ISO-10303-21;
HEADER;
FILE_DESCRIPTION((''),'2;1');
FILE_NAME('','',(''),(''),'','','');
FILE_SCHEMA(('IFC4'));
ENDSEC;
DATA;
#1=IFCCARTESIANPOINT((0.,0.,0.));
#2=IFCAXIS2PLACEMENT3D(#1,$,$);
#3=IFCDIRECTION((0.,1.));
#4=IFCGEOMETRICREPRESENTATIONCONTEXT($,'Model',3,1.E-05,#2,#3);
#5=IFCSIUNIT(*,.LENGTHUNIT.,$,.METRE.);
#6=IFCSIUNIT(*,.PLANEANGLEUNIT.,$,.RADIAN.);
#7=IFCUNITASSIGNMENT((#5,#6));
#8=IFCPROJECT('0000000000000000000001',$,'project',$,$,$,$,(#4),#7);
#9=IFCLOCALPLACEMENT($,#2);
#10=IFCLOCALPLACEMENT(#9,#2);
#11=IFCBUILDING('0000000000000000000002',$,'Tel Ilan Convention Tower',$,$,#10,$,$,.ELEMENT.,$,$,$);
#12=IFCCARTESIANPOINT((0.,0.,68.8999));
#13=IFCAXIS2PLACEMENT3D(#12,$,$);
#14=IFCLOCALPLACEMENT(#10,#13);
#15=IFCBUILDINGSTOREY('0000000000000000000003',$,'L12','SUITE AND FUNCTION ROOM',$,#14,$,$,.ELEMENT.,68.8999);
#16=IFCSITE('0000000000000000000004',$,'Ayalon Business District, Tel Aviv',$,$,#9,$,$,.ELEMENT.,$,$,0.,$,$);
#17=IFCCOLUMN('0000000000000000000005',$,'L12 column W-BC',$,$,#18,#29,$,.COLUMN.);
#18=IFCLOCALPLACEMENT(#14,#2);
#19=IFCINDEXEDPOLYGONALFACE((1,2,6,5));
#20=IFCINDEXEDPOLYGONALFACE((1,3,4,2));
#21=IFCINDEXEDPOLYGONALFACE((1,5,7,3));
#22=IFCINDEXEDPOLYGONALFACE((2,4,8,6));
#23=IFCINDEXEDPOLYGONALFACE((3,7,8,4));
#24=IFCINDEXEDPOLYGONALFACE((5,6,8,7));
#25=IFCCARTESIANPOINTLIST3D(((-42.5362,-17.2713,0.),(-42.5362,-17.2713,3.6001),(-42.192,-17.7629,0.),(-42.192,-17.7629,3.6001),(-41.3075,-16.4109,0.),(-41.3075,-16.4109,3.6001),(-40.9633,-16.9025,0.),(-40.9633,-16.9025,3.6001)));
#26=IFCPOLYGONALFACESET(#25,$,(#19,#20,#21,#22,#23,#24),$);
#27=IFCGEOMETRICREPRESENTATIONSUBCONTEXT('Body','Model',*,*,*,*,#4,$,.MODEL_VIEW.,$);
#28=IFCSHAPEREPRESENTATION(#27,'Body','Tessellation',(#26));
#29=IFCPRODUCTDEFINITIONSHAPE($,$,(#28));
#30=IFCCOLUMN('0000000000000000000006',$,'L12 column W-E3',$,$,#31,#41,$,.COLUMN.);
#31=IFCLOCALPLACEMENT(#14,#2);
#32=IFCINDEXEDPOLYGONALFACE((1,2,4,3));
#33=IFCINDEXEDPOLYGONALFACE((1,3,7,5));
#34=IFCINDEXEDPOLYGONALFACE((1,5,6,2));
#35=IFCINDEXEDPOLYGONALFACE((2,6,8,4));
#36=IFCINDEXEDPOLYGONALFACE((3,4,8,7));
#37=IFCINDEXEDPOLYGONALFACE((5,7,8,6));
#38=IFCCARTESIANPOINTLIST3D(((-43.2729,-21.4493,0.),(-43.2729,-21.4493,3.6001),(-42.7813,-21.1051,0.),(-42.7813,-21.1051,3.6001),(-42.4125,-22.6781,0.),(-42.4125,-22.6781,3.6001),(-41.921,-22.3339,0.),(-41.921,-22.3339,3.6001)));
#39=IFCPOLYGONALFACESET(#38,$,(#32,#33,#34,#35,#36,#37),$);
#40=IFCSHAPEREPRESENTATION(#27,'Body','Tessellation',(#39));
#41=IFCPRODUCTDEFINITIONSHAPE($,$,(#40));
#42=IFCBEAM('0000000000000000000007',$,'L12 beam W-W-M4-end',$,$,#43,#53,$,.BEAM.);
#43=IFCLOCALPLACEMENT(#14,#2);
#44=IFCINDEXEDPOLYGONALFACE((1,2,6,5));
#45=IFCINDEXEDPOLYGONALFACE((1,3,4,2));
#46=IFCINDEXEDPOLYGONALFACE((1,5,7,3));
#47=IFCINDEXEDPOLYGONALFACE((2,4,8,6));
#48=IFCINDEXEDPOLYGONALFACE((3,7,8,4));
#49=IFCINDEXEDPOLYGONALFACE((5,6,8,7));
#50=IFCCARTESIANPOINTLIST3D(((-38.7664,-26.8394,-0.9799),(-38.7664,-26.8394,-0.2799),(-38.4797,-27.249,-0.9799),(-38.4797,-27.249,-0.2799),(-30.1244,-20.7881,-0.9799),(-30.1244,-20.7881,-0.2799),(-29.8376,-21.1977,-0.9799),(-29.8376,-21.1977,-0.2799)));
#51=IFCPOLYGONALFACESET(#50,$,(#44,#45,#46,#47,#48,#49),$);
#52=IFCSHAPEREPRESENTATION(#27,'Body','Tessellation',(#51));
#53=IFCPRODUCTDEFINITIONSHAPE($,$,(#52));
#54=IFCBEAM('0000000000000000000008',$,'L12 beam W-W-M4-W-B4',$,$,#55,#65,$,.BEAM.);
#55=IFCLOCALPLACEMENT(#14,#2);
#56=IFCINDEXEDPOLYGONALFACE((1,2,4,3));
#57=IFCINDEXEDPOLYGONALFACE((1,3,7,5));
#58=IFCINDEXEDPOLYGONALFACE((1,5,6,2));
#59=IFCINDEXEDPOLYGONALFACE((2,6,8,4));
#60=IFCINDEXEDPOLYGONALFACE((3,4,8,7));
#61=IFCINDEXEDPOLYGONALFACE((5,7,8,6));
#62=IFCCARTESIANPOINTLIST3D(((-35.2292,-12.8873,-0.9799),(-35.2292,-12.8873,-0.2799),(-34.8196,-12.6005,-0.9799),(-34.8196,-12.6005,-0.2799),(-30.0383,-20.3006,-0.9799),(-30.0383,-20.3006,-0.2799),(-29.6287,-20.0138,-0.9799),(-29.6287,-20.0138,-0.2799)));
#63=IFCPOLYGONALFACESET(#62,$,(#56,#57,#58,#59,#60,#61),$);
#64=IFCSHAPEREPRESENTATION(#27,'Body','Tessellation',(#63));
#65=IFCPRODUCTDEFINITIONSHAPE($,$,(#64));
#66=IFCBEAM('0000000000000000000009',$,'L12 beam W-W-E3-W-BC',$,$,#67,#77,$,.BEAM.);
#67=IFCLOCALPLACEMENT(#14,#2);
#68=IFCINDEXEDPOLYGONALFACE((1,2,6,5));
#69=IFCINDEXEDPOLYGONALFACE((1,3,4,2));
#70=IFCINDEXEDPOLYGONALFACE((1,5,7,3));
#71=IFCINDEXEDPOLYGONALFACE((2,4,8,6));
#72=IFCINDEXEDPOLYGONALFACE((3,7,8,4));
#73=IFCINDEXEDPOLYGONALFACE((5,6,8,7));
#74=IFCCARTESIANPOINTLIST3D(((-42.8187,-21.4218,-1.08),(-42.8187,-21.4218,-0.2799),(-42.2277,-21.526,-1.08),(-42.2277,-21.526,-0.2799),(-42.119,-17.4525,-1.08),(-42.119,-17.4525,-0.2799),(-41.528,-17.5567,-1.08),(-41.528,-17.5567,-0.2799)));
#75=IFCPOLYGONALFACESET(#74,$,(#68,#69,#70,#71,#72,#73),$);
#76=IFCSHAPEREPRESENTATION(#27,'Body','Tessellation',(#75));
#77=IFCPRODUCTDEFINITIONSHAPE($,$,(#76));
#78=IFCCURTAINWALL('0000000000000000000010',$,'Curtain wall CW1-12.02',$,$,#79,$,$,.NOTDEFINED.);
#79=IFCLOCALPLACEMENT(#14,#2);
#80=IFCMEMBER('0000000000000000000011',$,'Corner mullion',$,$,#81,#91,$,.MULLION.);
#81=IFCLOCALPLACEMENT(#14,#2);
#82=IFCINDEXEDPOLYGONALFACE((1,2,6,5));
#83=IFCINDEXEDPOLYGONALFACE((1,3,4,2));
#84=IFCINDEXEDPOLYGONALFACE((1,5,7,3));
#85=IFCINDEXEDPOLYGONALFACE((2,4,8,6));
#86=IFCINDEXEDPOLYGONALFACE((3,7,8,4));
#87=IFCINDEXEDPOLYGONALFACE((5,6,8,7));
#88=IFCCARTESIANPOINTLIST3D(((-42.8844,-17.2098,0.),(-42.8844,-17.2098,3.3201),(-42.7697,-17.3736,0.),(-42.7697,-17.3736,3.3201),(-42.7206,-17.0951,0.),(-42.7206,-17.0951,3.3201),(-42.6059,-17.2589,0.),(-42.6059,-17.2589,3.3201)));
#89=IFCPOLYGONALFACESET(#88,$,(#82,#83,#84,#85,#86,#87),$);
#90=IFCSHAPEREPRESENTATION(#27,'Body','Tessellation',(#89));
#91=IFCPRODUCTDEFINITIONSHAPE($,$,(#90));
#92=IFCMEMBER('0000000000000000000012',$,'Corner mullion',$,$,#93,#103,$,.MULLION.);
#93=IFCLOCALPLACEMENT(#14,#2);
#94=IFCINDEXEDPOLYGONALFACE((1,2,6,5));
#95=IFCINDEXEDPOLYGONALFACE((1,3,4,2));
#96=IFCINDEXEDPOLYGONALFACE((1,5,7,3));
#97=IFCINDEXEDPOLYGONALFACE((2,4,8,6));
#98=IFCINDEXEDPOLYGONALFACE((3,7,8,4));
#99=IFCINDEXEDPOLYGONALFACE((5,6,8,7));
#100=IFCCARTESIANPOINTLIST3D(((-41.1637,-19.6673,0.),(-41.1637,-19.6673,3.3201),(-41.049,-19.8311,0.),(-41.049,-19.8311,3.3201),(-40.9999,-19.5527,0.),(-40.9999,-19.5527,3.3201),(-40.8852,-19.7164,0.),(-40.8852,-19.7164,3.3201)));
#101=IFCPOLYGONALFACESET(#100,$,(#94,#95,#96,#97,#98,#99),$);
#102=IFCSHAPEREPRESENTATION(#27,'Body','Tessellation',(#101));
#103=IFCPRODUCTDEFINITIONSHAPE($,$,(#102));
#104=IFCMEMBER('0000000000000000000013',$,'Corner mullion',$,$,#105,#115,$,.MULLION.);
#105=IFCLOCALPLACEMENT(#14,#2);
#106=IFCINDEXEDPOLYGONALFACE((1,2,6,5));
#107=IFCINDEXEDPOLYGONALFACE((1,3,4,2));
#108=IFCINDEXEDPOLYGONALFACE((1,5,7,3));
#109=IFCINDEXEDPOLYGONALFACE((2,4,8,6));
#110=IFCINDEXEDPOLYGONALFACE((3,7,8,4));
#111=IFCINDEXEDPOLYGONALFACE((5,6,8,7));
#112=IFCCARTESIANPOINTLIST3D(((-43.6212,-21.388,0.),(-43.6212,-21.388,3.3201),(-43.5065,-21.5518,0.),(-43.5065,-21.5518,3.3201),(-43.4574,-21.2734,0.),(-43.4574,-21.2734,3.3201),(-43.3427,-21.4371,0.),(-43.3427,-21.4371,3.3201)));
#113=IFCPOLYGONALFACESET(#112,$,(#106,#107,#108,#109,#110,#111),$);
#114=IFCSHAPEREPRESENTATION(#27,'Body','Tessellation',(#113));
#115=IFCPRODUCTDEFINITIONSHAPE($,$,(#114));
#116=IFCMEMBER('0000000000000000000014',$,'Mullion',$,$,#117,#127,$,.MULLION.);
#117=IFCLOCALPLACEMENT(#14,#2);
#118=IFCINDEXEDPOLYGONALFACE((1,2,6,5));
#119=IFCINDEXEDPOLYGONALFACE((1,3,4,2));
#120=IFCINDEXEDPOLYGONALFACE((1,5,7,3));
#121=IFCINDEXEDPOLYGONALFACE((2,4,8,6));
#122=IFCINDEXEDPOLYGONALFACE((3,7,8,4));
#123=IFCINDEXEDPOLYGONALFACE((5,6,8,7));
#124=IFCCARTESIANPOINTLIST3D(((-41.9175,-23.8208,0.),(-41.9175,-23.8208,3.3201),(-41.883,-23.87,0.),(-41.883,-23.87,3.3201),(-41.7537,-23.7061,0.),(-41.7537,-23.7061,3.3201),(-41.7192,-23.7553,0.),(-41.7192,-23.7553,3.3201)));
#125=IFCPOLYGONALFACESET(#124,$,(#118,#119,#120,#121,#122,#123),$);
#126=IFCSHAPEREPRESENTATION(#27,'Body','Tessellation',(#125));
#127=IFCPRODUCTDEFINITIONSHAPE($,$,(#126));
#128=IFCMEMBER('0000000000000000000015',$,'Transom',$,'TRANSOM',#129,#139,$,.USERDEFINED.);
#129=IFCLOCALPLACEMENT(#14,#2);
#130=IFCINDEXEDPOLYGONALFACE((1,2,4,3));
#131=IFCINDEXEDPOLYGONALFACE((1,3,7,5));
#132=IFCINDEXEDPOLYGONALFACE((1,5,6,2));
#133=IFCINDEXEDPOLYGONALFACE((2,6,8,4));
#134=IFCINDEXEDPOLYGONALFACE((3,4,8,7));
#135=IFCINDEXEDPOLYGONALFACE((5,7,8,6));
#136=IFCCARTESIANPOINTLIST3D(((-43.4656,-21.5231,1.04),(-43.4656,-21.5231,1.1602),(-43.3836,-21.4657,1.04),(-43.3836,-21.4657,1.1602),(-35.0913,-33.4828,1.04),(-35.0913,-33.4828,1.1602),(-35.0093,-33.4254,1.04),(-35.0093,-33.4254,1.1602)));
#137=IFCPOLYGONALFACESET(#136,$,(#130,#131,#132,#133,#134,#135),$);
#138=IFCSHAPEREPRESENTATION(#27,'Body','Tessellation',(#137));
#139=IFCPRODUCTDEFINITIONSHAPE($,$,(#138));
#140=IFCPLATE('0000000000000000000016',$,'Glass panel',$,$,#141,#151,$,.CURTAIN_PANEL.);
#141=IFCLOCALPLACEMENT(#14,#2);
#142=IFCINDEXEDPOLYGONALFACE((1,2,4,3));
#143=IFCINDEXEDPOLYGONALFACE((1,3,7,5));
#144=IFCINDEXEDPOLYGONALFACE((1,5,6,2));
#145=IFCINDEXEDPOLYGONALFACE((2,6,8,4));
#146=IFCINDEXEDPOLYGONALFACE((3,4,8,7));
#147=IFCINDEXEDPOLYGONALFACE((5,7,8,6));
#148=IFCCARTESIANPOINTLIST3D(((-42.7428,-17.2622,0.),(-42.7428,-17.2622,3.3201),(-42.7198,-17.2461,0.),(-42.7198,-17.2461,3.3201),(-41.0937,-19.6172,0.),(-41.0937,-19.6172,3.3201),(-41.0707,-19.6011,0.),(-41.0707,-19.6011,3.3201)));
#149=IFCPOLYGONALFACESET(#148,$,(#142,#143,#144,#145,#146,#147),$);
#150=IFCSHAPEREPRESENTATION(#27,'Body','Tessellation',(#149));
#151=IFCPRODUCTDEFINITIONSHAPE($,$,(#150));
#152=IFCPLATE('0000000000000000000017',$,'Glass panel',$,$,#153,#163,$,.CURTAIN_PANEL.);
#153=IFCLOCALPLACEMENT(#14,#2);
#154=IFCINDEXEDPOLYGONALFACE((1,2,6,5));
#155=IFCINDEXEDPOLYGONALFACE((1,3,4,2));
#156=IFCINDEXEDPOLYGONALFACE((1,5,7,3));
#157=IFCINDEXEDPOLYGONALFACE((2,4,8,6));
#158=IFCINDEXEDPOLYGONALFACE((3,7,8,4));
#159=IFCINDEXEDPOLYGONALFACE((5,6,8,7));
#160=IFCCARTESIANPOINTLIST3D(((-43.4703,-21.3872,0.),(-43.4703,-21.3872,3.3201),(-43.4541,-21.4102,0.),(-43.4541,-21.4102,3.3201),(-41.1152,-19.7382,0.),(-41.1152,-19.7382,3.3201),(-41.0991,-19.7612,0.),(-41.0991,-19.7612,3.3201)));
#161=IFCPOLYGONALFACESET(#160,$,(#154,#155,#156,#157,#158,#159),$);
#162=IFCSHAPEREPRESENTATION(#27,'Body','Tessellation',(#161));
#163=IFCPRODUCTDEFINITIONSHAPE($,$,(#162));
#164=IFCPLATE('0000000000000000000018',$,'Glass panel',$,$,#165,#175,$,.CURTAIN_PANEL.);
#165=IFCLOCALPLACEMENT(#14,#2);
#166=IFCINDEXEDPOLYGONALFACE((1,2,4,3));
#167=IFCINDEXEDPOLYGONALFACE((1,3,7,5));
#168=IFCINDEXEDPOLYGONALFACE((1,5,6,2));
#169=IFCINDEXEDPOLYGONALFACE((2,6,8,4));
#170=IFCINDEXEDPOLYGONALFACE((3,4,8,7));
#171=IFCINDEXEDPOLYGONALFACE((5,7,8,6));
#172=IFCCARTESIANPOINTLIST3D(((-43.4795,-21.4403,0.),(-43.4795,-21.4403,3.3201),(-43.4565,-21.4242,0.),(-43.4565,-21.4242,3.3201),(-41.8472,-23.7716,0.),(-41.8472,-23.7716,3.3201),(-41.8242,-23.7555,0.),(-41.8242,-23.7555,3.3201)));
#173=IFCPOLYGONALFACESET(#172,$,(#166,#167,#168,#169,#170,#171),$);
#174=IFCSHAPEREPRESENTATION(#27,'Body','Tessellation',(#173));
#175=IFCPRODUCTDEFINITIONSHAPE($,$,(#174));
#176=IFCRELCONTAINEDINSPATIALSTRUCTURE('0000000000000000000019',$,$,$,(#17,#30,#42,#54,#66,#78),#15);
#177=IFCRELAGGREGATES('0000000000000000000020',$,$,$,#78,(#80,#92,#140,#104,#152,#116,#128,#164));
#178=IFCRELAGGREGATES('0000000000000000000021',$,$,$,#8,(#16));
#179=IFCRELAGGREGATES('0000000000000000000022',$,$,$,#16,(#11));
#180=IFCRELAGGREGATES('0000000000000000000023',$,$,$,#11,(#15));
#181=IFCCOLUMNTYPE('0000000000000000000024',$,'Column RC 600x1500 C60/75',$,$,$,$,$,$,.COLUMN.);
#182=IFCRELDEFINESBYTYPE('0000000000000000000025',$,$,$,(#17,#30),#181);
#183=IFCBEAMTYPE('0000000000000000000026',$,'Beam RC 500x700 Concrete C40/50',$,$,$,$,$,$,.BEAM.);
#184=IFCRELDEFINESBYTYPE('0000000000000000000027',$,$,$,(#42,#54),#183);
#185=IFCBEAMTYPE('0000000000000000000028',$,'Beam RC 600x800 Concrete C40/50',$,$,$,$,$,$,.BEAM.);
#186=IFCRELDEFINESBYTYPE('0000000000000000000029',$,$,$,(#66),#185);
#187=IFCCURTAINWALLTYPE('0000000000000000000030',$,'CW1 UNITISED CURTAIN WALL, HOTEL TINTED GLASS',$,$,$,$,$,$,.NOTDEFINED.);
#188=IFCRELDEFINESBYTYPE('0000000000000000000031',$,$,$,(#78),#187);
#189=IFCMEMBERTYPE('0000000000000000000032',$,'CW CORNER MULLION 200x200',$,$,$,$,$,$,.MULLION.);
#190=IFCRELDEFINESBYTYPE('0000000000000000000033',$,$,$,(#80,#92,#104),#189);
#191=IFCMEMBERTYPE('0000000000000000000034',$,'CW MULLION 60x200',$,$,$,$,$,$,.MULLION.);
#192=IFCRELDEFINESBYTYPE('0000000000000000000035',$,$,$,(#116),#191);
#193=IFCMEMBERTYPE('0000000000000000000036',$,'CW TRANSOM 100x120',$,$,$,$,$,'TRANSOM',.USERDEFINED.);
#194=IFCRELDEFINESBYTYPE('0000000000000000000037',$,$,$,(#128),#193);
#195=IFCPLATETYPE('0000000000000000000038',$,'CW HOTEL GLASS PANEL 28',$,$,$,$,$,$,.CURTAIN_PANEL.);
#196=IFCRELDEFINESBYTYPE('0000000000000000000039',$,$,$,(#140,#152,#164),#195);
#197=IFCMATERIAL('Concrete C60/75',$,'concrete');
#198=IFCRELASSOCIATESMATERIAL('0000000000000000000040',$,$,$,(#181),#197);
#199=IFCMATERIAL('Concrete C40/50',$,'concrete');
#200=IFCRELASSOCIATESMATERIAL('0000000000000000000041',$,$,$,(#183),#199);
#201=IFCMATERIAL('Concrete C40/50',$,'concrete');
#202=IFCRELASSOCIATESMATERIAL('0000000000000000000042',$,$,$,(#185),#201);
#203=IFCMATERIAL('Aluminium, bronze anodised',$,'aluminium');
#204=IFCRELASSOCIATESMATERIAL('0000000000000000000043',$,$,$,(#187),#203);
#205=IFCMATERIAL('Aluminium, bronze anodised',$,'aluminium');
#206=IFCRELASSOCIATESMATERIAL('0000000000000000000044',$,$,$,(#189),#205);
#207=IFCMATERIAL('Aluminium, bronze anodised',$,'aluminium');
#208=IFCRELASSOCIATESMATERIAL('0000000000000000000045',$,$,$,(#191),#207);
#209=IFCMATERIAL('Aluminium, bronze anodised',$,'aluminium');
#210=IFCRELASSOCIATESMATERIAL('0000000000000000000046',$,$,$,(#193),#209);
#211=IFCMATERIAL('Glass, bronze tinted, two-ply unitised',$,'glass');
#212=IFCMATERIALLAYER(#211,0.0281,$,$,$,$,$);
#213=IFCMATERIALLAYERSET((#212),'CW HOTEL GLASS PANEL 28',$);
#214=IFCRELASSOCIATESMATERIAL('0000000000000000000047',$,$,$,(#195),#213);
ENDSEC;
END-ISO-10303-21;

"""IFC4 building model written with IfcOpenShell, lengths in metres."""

from ifc_helpers import new_model, si_unit, direction, frame, origin, origin_2d, place, context, subcontext, project, spatial, rectangle, extrude, material, layer, layer_set, material_profile, profile_set, type_object, element, aggregate, save


model = new_model("IFC4")

# Units and contexts
model_context = context("Model", 3, precision=1e-05, world=origin(), true_north=direction((0.0, 1.0)))
body_context = subcontext(model_context, "Body", "Model", "MODEL_VIEW")
ifc_project = project(units=[si_unit("LENGTHUNIT", "METRE"), si_unit("PLANEANGLEUNIT", "RADIAN")], contexts=[model_context])

# Site, building, storey
site_placement = place(None, origin())
site = spatial("IfcSite", under=ifc_project, at=site_placement, Name="Ayalon Business District, Tel Aviv", CompositionType="ELEMENT", RefElevation=0.0)
building_placement = place(site_placement, origin())
building = spatial("IfcBuilding", under=site, at=building_placement, Name="Tel Ilan Convention Tower", CompositionType="ELEMENT")
storey_placement = place(building_placement, frame((0.0, 0.0, 68.8999)))
storey = spatial("IfcBuildingStorey", under=building, at=storey_placement, Name="L12", Description="SUITE AND FUNCTION ROOM", CompositionType="ELEMENT", Elevation=68.8999)

# Columns
ifc_material_1 = material(Name="Concrete C60/75", Category="concrete")
ifc_material_profile_1 = material_profile(ifc_material_1, rectangle(XDim=1.5, YDim=0.6001, at=origin_2d()), Name="RC 600x1500")
ifc_profile_set_1 = profile_set([ifc_material_profile_1], Name="Concrete C60/75")
column_type = type_object("IfcColumnType", Name="Column RC 600x1500 C60/75", PredefinedType="COLUMN", material=ifc_profile_set_1)
for number, where, z_axis, x_axis, name in (
    (1, (-41.7498, -17.0869, 0.0), (0.0, 0.0, 1.0), (-0.819152, -0.573576, 0.0), "L12 column W-BC"),
    (2, (-42.5969, -21.8916, 0.0), (0.0, 0.0, 1.0), (-0.573576, 0.819152, 0.0), "L12 column W-E3"),
):
    element("IfcColumn", number, at=place(storey_placement, frame(where, z_axis=z_axis, x_axis=x_axis)), inside=storey, type_object=column_type, Name=name, PredefinedType="COLUMN", context=body_context, shape_type="SweptSolid", body=[
        extrude(rectangle(XDim=1.5, YDim=0.6001, at=origin_2d()), origin(), (0.0, 0.0, 1.0), 3.6001),
    ])

# Beams
ifc_material_2 = material(Name="Concrete C40/50", Category="concrete")
ifc_material_profile_2 = material_profile(ifc_material_2, rectangle(XDim=0.5, YDim=0.7, at=origin_2d()), Name="RC 500x700")
ifc_profile_set_2 = profile_set([ifc_material_profile_2], Name="Concrete C40/50")
beam_type_1 = type_object("IfcBeamType", Name="Beam RC 500x700 Concrete C40/50", PredefinedType="BEAM", material=ifc_profile_set_2)
beam_1_placement = place(storey_placement, frame((-29.981, -20.9929, -0.6299), z_axis=(-0.819151, -0.573577, 0.0), x_axis=(0.573577, -0.819151, 0.0)))
element("IfcBeam", 3, at=beam_1_placement, inside=storey, type_object=beam_type_1, Name="L12 beam W-W-M4-end", PredefinedType="BEAM", context=body_context, shape_type="SweptSolid", body=[
    extrude(rectangle(XDim=0.5, YDim=0.7, at=origin_2d()), origin(), (0.0, 0.0, 1.0), 10.55),
])
beam_2_placement = place(storey_placement, frame((-29.8335, -20.1572, -0.6299), z_axis=(-0.57358, 0.81915, 0.0), x_axis=(-0.81915, -0.57358, 0.0)))
element("IfcBeam", 4, at=beam_2_placement, inside=storey, type_object=beam_type_1, Name="L12 beam W-W-M4-W-B4", PredefinedType="BEAM", context=body_context, shape_type="SweptSolid", body=[
    extrude(rectangle(XDim=0.5, YDim=0.7, at=origin_2d()), origin(), (0.0, 0.0, 1.0), 9.05),
])
ifc_material_3 = material(Name="Concrete C40/50", Category="concrete")
ifc_material_profile_3 = material_profile(ifc_material_3, rectangle(XDim=0.6001, YDim=0.8, at=origin_2d()), Name="RC 600x800")
ifc_profile_set_3 = profile_set([ifc_material_profile_3], Name="Concrete C40/50")
beam_type_2 = type_object("IfcBeamType", Name="Beam RC 600x800 Concrete C40/50", PredefinedType="BEAM", material=ifc_profile_set_3)
beam_3_placement = place(storey_placement, frame((-42.5232, -21.4739, -0.6799), z_axis=(0.173606, 0.984815, 0.0), x_axis=(-0.984815, 0.173606, 0.0)))
element("IfcBeam", 5, at=beam_3_placement, inside=storey, type_object=beam_type_2, Name="L12 beam W-W-E3-W-BC", PredefinedType="BEAM", context=body_context, shape_type="SweptSolid", body=[
    extrude(rectangle(XDim=0.6001, YDim=0.8, at=origin_2d()), origin(), (0.0, 0.0, 1.0), 4.0305),
])

# Curtain wall, members, plates
ifc_material_4 = material(Name="Aluminium, bronze anodised", Category="aluminium")
curtain_wall_type = type_object("IfcCurtainWallType", Name="CW1 UNITISED CURTAIN WALL, HOTEL TINTED GLASS", PredefinedType="NOTDEFINED", material=ifc_material_4)
curtain_wall_placement = place(storey_placement, origin())
curtain_wall = element("IfcCurtainWall", 6, at=curtain_wall_placement, inside=storey, type_object=curtain_wall_type, Name="Curtain wall CW1-12.02", PredefinedType="NOTDEFINED")
ifc_material_5 = material(Name="Aluminium, bronze anodised", Category="aluminium")
ifc_material_profile_4 = material_profile(ifc_material_5, rectangle(XDim=0.2, YDim=0.2, at=origin_2d()), Name="CW CORNER MULLION 200x200")
ifc_profile_set_4 = profile_set([ifc_material_profile_4], Name="Aluminium, bronze anodised")
member_type_1 = type_object("IfcMemberType", Name="CW CORNER MULLION 200x200", PredefinedType="MULLION", material=ifc_profile_set_4)
member_1_placement = place(storey_placement, frame((-42.7451, -17.2344, 0.0), z_axis=(0.0, 0.0, 1.0), x_axis=(-0.819152, -0.573576, 0.0)))
member_1 = element("IfcMember", 7, at=member_1_placement, type_object=member_type_1, Name="Corner mullion", PredefinedType="MULLION", context=body_context, shape_type="SweptSolid", body=[
    extrude(rectangle(XDim=0.2, YDim=0.2, at=origin_2d()), origin(), (0.0, 0.0, 1.0), 3.3201),
])
member_2_placement = place(storey_placement, frame((-41.0244, -19.6919, 0.0), z_axis=(0.0, 0.0, 1.0), x_axis=(0.573576, -0.819152, 0.0)))
member_2 = element("IfcMember", 8, at=member_2_placement, type_object=member_type_1, Name="Corner mullion", PredefinedType="MULLION", context=body_context, shape_type="SweptSolid", body=[
    extrude(rectangle(XDim=0.2, YDim=0.2, at=origin_2d()), origin(), (0.0, 0.0, 1.0), 3.3201),
])
member_3_placement = place(storey_placement, frame((-43.4819, -21.4126, 0.0), z_axis=(0.0, 0.0, 1.0), x_axis=(-0.819152, -0.573576, 0.0)))
member_3 = element("IfcMember", 9, at=member_3_placement, type_object=member_type_1, Name="Corner mullion", PredefinedType="MULLION", context=body_context, shape_type="SweptSolid", body=[
    extrude(rectangle(XDim=0.2, YDim=0.2, at=origin_2d()), origin(), (0.0, 0.0, 1.0), 3.3201),
])
ifc_material_6 = material(Name="Aluminium, bronze anodised", Category="aluminium")
ifc_material_profile_5 = material_profile(ifc_material_6, rectangle(XDim=0.0601, YDim=0.2, at=origin_2d()), Name="CW MULLION 60x200")
ifc_profile_set_5 = profile_set([ifc_material_profile_5], Name="Aluminium, bronze anodised")
member_type_2 = type_object("IfcMemberType", Name="CW MULLION 60x200", PredefinedType="MULLION", material=ifc_profile_set_5)
member_4_placement = place(storey_placement, frame((-41.8184, -23.7881, 0.0), z_axis=(0.0, 0.0, 1.0), x_axis=(0.573576, -0.819152, 0.0)))
member_4 = element("IfcMember", 10, at=member_4_placement, type_object=member_type_2, Name="Mullion", PredefinedType="MULLION", context=body_context, shape_type="SweptSolid", body=[
    extrude(rectangle(XDim=0.0601, YDim=0.2, at=origin_2d()), origin(), (0.0, 0.0, 1.0), 3.3201),
])
ifc_material_7 = material(Name="Aluminium, bronze anodised", Category="aluminium")
ifc_material_profile_6 = material_profile(ifc_material_7, rectangle(XDim=0.1001, YDim=0.1201, at=origin_2d()), Name="CW TRANSOM 100x120")
ifc_profile_set_6 = profile_set([ifc_material_profile_6], Name="Aluminium, bronze anodised")
member_type_3 = type_object("IfcMemberType", Name="CW TRANSOM 100x120", ElementType="TRANSOM", PredefinedType="USERDEFINED", material=ifc_profile_set_6)
member_5_placement = place(storey_placement, frame((-43.4246, -21.4944, 1.1001), z_axis=(0.573576, -0.819153, 0.0), x_axis=(0.819153, 0.573576, 0.0)))
member_5 = element("IfcMember", 11, at=member_5_placement, type_object=member_type_3, Name="Transom", ObjectType="TRANSOM", PredefinedType="USERDEFINED", context=body_context, shape_type="SweptSolid", body=[
    extrude(rectangle(XDim=0.1001, YDim=0.1201, at=origin_2d()), origin(), (0.0, 0.0, 1.0), 14.6001),
])
ifc_material_8 = material(Name="Glass, bronze tinted, two-ply unitised", Category="glass")
ifc_layer_1 = layer(ifc_material_8, 0.0281)
ifc_layer_set_1 = layer_set([ifc_layer_1], Name="CW HOTEL GLASS PANEL 28")
plate_type = type_object("IfcPlateType", Name="CW HOTEL GLASS PANEL 28", PredefinedType="CURTAIN_PANEL", material=ifc_layer_set_1)
plate_1_placement = place(storey_placement, frame((-41.9067, -18.4316, 0.0), z_axis=(0.0, 0.0, 1.0), x_axis=(0.573576, -0.819152, 0.0)))
plate_1 = element("IfcPlate", 12, at=plate_1_placement, type_object=plate_type, Name="Glass panel", PredefinedType="CURTAIN_PANEL", context=body_context, shape_type="SweptSolid", body=[
    extrude(rectangle(XDim=2.875, YDim=0.0281, at=origin_2d()), origin(), (0.0, 0.0, 1.0), 3.3201),
])
plate_2_placement = place(storey_placement, frame((-42.2847, -20.5742, 0.0), z_axis=(0.0, 0.0, 1.0), x_axis=(-0.819152, -0.573576, 0.0)))
plate_2 = element("IfcPlate", 13, at=plate_2_placement, type_object=plate_type, Name="Glass panel", PredefinedType="CURTAIN_PANEL", context=body_context, shape_type="SweptSolid", body=[
    extrude(rectangle(XDim=2.875, YDim=0.0281, at=origin_2d()), origin(), (0.0, 0.0, 1.0), 3.3201),
])
plate_3_placement = place(storey_placement, frame((-42.6519, -22.5979, 0.0), z_axis=(0.0, 0.0, 1.0), x_axis=(0.573576, -0.819152, 0.0)))
plate_3 = element("IfcPlate", 14, at=plate_3_placement, type_object=plate_type, Name="Glass panel", PredefinedType="CURTAIN_PANEL", context=body_context, shape_type="SweptSolid", body=[
    extrude(rectangle(XDim=2.8459, YDim=0.0281, at=origin_2d()), origin(), (0.0, 0.0, 1.0), 3.3201),
])
aggregate(curtain_wall, [member_1, member_2, plate_1, member_3, plate_2, member_4, member_5, plate_3])

save(model, "model.ifc")
